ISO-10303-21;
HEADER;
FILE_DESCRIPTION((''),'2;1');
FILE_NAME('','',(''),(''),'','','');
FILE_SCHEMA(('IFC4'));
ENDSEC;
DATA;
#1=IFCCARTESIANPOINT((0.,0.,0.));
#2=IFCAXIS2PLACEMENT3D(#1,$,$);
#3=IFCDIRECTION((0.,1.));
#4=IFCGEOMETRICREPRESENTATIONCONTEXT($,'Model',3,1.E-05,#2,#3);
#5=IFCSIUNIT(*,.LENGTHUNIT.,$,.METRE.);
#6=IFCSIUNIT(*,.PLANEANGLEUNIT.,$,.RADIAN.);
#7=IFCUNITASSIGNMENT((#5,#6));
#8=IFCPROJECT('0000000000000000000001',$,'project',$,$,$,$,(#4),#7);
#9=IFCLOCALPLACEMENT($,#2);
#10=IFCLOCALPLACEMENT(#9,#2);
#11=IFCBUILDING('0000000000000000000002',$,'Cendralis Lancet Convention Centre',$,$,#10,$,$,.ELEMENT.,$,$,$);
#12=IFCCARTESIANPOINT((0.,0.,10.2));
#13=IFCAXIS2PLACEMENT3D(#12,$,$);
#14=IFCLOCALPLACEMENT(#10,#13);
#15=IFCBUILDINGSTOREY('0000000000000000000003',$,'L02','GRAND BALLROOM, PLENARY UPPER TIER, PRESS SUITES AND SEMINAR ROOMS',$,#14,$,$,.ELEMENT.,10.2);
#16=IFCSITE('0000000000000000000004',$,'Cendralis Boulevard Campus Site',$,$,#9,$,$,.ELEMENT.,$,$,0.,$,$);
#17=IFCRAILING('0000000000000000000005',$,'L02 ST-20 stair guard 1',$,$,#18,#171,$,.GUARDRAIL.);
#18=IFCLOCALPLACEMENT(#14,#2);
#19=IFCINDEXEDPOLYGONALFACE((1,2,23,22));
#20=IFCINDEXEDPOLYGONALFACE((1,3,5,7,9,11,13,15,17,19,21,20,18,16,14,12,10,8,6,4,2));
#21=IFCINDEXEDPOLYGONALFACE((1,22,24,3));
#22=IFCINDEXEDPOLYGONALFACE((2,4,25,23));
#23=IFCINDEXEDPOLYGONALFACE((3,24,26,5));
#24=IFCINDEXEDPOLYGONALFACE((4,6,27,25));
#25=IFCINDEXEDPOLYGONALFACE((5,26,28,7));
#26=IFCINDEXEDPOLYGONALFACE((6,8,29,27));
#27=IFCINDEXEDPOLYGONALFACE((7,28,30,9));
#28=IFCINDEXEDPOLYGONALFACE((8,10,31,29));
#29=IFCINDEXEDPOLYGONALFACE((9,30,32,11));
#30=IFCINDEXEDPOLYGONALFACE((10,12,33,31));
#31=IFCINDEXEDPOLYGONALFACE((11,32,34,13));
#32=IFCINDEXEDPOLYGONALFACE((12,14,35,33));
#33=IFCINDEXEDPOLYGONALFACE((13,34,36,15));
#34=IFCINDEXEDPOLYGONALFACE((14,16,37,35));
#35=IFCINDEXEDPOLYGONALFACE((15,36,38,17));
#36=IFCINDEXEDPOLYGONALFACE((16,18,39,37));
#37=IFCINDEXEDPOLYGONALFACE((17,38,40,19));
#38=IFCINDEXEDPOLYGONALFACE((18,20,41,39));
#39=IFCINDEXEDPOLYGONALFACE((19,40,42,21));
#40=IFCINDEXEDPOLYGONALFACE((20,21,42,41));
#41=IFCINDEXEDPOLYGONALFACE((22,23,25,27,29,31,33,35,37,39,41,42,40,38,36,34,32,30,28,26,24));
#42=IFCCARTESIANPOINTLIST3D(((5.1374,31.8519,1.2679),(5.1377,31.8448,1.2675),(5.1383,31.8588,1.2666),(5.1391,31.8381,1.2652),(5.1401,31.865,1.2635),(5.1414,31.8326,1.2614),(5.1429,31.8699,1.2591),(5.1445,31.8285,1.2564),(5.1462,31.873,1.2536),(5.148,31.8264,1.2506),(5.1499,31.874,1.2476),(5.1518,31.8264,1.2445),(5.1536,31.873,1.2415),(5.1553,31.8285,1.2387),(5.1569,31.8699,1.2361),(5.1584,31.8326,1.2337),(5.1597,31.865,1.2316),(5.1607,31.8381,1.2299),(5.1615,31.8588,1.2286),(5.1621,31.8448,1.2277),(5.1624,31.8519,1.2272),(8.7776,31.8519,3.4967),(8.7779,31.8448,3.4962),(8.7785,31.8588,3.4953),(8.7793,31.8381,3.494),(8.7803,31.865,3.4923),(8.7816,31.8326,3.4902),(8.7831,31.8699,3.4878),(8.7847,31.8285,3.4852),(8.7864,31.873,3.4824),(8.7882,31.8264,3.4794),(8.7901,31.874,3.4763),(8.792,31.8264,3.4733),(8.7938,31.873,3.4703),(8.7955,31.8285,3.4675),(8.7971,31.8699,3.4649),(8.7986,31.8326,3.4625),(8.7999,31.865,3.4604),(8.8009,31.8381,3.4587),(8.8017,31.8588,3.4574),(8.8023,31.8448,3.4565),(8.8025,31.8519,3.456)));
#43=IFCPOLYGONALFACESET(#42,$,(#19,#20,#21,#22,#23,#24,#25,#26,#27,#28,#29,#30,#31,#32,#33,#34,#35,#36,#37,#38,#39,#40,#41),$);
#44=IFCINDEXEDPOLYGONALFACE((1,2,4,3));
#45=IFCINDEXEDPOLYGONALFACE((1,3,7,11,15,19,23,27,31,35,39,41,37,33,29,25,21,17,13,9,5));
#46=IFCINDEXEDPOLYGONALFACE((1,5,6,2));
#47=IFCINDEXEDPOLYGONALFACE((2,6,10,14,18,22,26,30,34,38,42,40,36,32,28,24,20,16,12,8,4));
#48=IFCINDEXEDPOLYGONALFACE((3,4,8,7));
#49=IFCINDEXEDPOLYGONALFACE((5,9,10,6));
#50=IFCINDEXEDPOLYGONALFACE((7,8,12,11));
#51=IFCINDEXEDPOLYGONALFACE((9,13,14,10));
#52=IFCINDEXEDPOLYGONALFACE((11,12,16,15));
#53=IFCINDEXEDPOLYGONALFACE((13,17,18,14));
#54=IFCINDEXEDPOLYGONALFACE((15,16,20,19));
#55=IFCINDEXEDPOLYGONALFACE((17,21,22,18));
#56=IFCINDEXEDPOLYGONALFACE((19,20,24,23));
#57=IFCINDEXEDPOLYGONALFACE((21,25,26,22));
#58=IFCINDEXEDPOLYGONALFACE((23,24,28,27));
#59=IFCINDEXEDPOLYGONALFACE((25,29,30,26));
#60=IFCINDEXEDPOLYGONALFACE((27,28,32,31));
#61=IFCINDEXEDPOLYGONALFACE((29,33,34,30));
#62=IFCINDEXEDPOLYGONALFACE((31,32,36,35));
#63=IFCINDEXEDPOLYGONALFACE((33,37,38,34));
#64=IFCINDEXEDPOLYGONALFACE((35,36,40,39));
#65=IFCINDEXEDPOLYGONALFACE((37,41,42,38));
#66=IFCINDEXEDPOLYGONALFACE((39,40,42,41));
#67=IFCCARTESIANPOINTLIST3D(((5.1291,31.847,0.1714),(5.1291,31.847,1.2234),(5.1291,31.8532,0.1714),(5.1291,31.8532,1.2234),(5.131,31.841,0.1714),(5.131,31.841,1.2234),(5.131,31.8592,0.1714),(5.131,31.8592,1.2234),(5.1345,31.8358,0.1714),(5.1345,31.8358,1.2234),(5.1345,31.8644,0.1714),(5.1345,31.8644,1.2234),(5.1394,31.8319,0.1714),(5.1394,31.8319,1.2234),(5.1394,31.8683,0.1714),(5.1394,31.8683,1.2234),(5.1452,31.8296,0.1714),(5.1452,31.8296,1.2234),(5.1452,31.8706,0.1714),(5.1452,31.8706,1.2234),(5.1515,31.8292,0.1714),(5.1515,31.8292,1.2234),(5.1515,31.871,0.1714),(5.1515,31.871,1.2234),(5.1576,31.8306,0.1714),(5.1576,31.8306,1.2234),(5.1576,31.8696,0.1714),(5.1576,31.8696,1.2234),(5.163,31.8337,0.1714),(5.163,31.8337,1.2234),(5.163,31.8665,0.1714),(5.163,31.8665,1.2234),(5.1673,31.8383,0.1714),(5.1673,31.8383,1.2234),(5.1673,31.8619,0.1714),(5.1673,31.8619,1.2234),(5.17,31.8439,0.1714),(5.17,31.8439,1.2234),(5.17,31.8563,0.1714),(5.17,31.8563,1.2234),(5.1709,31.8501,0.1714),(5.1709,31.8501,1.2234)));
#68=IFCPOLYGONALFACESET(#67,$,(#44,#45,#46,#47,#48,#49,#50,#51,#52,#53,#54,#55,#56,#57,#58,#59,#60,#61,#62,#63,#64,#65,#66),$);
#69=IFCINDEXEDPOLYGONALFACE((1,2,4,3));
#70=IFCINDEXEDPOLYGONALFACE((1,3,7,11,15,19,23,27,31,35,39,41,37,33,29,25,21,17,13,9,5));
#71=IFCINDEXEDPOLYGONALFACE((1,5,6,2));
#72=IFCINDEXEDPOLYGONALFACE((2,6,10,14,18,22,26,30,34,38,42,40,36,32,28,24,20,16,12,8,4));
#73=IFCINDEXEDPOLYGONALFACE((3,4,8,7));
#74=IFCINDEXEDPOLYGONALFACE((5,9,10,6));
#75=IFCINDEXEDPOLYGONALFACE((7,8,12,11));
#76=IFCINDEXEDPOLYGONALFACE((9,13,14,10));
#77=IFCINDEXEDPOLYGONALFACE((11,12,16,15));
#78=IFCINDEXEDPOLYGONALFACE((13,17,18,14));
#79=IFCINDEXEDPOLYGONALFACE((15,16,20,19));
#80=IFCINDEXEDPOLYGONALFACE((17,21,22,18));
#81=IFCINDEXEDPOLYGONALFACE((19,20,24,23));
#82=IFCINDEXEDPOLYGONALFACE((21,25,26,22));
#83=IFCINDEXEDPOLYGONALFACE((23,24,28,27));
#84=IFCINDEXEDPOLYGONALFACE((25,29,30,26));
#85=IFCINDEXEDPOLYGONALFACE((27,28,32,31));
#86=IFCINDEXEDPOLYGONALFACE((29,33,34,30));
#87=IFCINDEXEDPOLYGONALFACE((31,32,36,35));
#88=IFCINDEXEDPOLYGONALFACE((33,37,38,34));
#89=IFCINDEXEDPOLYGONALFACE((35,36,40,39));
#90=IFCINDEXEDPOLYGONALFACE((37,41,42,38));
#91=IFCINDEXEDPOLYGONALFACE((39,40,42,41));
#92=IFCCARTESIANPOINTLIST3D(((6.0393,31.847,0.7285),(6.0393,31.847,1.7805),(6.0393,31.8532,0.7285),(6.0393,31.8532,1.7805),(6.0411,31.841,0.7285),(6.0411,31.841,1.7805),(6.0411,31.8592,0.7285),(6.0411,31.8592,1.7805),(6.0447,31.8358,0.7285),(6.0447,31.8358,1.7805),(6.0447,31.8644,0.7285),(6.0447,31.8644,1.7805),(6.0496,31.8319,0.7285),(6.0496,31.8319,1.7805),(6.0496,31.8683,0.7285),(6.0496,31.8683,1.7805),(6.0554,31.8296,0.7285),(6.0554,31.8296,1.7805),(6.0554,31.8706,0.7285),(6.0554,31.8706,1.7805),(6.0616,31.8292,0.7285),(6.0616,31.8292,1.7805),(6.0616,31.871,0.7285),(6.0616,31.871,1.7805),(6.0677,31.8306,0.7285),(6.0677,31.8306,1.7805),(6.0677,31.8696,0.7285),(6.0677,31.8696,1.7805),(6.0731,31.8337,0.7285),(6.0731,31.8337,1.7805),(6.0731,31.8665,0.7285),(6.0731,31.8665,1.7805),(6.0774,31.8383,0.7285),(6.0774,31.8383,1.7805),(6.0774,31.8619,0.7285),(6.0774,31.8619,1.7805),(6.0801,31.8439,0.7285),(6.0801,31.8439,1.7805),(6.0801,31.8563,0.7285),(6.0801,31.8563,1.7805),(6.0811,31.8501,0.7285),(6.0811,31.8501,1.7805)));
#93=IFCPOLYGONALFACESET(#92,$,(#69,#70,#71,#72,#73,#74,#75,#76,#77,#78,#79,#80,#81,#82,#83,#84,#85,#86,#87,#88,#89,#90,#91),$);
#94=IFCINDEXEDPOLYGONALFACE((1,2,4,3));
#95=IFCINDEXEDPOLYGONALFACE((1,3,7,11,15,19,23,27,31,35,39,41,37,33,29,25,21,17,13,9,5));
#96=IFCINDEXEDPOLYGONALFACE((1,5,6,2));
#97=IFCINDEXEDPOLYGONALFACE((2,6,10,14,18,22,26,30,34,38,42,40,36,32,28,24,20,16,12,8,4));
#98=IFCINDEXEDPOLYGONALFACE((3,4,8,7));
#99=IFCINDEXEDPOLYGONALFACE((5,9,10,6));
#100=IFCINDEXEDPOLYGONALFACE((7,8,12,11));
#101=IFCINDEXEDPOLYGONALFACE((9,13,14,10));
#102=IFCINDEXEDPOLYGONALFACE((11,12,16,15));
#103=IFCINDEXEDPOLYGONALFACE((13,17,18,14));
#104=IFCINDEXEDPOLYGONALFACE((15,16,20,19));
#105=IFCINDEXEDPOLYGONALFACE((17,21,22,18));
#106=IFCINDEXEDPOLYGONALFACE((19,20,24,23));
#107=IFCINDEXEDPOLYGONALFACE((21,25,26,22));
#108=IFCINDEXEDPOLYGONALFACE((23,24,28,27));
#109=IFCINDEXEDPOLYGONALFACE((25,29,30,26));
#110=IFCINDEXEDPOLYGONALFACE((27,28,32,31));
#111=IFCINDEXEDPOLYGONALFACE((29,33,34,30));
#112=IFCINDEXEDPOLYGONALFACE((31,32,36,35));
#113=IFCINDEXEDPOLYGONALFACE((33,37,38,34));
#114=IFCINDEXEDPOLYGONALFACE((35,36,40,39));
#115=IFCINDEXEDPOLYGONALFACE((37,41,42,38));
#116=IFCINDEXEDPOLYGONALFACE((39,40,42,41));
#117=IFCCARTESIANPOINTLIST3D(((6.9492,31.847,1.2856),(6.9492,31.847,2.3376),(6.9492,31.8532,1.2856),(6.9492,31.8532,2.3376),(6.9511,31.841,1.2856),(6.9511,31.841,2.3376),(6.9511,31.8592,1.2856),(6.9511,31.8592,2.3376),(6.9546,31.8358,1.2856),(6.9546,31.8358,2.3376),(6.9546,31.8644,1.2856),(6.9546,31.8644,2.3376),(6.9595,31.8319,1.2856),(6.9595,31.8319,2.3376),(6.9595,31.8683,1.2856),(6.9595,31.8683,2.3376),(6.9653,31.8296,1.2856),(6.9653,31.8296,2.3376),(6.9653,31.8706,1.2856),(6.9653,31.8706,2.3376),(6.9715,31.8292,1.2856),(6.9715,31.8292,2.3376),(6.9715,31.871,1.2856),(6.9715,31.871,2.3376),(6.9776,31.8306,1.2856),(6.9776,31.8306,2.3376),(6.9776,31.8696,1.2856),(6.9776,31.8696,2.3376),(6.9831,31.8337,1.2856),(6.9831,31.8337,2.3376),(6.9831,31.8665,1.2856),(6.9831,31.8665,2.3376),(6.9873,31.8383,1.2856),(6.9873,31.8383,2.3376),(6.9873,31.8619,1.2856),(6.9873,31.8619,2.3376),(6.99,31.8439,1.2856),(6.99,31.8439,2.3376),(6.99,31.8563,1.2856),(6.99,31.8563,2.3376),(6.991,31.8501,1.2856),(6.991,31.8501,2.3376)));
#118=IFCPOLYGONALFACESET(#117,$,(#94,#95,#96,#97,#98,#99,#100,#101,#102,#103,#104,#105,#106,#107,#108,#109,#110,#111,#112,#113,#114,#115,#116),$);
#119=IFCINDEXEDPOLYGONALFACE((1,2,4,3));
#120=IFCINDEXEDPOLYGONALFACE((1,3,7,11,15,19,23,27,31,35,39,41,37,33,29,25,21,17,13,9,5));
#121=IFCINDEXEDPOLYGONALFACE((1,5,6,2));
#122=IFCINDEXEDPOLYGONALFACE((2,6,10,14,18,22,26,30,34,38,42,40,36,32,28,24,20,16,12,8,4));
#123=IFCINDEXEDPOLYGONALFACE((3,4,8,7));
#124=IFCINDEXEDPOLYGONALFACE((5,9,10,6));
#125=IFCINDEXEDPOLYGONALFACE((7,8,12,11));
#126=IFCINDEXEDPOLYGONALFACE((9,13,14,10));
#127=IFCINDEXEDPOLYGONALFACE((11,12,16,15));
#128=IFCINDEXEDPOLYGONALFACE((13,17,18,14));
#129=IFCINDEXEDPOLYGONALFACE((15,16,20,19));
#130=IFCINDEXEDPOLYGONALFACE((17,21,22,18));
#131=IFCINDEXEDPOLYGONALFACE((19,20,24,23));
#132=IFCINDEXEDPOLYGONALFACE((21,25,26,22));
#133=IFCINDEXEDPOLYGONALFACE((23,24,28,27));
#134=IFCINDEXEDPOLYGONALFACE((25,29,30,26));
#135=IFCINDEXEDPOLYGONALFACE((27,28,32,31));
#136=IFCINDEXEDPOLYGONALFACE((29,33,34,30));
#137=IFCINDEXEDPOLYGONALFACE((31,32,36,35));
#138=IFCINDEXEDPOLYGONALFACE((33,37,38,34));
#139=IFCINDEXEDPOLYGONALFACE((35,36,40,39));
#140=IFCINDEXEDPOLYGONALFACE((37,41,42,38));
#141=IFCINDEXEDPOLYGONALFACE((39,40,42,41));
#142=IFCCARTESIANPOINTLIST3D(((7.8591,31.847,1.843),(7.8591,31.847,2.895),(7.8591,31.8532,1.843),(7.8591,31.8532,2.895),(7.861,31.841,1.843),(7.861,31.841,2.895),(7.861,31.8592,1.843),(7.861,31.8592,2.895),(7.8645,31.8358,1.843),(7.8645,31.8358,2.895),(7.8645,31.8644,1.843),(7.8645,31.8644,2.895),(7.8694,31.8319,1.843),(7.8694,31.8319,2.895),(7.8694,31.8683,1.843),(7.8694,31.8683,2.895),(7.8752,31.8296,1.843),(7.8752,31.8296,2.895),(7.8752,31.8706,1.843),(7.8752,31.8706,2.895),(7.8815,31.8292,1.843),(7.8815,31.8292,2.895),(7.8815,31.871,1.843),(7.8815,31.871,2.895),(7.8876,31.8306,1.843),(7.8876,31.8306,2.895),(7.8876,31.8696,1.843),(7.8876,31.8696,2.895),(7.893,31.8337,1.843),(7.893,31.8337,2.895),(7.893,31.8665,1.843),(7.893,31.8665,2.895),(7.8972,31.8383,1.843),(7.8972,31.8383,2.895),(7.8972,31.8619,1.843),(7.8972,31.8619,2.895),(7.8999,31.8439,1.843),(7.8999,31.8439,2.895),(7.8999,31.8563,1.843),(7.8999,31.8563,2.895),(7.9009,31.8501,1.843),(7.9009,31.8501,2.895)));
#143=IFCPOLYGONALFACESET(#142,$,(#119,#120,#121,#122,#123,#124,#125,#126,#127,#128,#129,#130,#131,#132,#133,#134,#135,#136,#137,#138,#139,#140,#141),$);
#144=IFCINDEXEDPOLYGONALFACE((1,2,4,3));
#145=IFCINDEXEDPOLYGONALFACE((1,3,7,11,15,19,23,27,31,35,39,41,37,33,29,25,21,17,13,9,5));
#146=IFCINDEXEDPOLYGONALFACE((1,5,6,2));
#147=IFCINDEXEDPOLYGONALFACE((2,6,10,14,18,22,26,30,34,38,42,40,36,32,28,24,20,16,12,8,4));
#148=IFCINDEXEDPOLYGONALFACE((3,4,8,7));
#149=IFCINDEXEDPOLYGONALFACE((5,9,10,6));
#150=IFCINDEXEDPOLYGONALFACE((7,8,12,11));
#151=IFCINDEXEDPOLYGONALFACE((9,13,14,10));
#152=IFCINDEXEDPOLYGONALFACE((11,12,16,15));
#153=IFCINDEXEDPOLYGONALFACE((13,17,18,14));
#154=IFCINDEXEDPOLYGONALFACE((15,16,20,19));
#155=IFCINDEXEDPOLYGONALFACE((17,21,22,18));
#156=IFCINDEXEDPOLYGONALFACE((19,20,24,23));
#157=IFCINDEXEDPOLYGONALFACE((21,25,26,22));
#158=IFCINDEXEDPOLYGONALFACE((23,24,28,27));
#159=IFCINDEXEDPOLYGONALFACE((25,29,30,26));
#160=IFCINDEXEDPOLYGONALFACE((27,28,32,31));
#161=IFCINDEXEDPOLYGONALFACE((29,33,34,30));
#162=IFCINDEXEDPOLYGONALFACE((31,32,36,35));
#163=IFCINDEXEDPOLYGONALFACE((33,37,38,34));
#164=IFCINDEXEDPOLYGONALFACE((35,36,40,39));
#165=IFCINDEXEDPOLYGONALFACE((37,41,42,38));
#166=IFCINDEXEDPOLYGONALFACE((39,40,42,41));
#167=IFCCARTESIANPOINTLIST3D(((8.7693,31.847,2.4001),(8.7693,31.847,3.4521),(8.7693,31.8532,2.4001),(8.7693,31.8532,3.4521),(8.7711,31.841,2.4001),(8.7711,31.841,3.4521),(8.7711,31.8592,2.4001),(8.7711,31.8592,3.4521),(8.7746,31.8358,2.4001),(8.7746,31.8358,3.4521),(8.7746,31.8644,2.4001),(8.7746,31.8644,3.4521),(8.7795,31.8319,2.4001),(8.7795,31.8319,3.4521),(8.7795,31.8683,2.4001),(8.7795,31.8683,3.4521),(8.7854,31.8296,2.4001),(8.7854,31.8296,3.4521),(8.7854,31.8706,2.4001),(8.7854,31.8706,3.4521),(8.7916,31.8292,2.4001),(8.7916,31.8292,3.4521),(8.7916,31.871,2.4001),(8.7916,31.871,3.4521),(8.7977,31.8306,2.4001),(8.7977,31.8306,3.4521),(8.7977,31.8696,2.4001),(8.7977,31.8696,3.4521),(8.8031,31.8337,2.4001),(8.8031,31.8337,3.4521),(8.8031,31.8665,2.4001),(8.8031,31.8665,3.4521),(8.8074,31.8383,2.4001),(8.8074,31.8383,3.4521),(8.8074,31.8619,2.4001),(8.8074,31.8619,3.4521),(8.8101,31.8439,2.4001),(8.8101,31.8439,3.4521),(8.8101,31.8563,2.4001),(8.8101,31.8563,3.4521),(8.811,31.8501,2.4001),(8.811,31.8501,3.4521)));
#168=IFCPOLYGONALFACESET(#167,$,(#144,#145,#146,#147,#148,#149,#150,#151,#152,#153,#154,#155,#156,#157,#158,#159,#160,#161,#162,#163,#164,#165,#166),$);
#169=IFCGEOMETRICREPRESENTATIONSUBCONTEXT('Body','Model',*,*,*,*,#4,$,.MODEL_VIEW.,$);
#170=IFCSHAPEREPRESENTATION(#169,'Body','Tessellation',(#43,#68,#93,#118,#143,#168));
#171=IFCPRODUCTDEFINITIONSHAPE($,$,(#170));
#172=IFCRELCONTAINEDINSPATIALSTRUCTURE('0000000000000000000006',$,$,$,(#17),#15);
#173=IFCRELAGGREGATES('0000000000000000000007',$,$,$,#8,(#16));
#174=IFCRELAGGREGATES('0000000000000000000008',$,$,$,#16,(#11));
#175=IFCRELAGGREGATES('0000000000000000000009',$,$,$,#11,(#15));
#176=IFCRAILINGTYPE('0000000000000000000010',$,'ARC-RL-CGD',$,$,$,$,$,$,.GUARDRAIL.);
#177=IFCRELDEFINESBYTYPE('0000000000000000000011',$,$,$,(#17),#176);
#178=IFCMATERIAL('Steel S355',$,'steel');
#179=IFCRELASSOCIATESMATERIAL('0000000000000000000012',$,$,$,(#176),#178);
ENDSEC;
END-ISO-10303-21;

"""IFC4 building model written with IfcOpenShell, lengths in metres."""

from ifc_helpers import new_model, si_unit, direction, frame, origin, origin_2d, place, context, subcontext, project, spatial, circle, extrude, material, type_object, element, save


model = new_model("IFC4")

# Units and contexts
model_context = context("Model", 3, precision=1e-05, world=origin(), true_north=direction((0.0, 1.0)))
body_context = subcontext(model_context, "Body", "Model", "MODEL_VIEW")
ifc_project = project(units=[si_unit("LENGTHUNIT", "METRE"), si_unit("PLANEANGLEUNIT", "RADIAN")], contexts=[model_context])

# Site, building, storey
site_placement = place(None, origin())
site = spatial("IfcSite", under=ifc_project, at=site_placement, Name="Cendralis Boulevard Campus Site", CompositionType="ELEMENT", RefElevation=0.0)
building_placement = place(site_placement, origin())
building = spatial("IfcBuilding", under=site, at=building_placement, Name="Cendralis Lancet Convention Centre", CompositionType="ELEMENT")
storey_placement = place(building_placement, frame((0.0, 0.0, 10.2)))
storey = spatial("IfcBuildingStorey", under=building, at=storey_placement, Name="L02", Description="GRAND BALLROOM, PLENARY UPPER TIER, PRESS SUITES AND SEMINAR ROOMS", CompositionType="ELEMENT", Elevation=10.2)

# Shared definitions
ifc_material_1 = material(Name="Steel S355", Category="steel")

# Railing
railing_type_1 = type_object("IfcRailingType", Name="ARC-RL-CGD", PredefinedType="GUARDRAIL", material=ifc_material_1)
railing_1_placement = place(storey_placement, frame((5.1499, 31.8501, 0.1714)))
element("IfcRailing", 1, at=railing_1_placement, inside=storey, type_object=railing_type_1, Name="L02 ST-20 stair guard 1", PredefinedType="GUARDRAIL", context=body_context, shape_type="SweptSolid", body=[
    extrude(circle(Radius=0.0239, at=origin_2d()), frame((0.0, 0.0, 1.0762), z_axis=(0.85284, 0.0, 0.522172), x_axis=(0.0, 1.0, 0.0)), (0.0, 0.0, 1.0), 4.2683),
    extrude(circle(Radius=0.021, at=origin_2d()), origin(), (0.0, 0.0, 1.0), 1.052),
    extrude(circle(Radius=0.021, at=origin_2d()), frame((0.9102, 0.0, 0.5571)), (0.0, 0.0, 1.0), 1.052),
    extrude(circle(Radius=0.021, at=origin_2d()), frame((1.8201, 0.0, 1.1143)), (0.0, 0.0, 1.0), 1.052),
    extrude(circle(Radius=0.021, at=origin_2d()), frame((2.73, 0.0, 1.6716)), (0.0, 0.0, 1.0), 1.052),
    extrude(circle(Radius=0.021, at=origin_2d()), frame((3.6401, 0.0, 2.2288)), (0.0, 0.0, 1.0), 1.052),
])

save(model, "model.ifc")
